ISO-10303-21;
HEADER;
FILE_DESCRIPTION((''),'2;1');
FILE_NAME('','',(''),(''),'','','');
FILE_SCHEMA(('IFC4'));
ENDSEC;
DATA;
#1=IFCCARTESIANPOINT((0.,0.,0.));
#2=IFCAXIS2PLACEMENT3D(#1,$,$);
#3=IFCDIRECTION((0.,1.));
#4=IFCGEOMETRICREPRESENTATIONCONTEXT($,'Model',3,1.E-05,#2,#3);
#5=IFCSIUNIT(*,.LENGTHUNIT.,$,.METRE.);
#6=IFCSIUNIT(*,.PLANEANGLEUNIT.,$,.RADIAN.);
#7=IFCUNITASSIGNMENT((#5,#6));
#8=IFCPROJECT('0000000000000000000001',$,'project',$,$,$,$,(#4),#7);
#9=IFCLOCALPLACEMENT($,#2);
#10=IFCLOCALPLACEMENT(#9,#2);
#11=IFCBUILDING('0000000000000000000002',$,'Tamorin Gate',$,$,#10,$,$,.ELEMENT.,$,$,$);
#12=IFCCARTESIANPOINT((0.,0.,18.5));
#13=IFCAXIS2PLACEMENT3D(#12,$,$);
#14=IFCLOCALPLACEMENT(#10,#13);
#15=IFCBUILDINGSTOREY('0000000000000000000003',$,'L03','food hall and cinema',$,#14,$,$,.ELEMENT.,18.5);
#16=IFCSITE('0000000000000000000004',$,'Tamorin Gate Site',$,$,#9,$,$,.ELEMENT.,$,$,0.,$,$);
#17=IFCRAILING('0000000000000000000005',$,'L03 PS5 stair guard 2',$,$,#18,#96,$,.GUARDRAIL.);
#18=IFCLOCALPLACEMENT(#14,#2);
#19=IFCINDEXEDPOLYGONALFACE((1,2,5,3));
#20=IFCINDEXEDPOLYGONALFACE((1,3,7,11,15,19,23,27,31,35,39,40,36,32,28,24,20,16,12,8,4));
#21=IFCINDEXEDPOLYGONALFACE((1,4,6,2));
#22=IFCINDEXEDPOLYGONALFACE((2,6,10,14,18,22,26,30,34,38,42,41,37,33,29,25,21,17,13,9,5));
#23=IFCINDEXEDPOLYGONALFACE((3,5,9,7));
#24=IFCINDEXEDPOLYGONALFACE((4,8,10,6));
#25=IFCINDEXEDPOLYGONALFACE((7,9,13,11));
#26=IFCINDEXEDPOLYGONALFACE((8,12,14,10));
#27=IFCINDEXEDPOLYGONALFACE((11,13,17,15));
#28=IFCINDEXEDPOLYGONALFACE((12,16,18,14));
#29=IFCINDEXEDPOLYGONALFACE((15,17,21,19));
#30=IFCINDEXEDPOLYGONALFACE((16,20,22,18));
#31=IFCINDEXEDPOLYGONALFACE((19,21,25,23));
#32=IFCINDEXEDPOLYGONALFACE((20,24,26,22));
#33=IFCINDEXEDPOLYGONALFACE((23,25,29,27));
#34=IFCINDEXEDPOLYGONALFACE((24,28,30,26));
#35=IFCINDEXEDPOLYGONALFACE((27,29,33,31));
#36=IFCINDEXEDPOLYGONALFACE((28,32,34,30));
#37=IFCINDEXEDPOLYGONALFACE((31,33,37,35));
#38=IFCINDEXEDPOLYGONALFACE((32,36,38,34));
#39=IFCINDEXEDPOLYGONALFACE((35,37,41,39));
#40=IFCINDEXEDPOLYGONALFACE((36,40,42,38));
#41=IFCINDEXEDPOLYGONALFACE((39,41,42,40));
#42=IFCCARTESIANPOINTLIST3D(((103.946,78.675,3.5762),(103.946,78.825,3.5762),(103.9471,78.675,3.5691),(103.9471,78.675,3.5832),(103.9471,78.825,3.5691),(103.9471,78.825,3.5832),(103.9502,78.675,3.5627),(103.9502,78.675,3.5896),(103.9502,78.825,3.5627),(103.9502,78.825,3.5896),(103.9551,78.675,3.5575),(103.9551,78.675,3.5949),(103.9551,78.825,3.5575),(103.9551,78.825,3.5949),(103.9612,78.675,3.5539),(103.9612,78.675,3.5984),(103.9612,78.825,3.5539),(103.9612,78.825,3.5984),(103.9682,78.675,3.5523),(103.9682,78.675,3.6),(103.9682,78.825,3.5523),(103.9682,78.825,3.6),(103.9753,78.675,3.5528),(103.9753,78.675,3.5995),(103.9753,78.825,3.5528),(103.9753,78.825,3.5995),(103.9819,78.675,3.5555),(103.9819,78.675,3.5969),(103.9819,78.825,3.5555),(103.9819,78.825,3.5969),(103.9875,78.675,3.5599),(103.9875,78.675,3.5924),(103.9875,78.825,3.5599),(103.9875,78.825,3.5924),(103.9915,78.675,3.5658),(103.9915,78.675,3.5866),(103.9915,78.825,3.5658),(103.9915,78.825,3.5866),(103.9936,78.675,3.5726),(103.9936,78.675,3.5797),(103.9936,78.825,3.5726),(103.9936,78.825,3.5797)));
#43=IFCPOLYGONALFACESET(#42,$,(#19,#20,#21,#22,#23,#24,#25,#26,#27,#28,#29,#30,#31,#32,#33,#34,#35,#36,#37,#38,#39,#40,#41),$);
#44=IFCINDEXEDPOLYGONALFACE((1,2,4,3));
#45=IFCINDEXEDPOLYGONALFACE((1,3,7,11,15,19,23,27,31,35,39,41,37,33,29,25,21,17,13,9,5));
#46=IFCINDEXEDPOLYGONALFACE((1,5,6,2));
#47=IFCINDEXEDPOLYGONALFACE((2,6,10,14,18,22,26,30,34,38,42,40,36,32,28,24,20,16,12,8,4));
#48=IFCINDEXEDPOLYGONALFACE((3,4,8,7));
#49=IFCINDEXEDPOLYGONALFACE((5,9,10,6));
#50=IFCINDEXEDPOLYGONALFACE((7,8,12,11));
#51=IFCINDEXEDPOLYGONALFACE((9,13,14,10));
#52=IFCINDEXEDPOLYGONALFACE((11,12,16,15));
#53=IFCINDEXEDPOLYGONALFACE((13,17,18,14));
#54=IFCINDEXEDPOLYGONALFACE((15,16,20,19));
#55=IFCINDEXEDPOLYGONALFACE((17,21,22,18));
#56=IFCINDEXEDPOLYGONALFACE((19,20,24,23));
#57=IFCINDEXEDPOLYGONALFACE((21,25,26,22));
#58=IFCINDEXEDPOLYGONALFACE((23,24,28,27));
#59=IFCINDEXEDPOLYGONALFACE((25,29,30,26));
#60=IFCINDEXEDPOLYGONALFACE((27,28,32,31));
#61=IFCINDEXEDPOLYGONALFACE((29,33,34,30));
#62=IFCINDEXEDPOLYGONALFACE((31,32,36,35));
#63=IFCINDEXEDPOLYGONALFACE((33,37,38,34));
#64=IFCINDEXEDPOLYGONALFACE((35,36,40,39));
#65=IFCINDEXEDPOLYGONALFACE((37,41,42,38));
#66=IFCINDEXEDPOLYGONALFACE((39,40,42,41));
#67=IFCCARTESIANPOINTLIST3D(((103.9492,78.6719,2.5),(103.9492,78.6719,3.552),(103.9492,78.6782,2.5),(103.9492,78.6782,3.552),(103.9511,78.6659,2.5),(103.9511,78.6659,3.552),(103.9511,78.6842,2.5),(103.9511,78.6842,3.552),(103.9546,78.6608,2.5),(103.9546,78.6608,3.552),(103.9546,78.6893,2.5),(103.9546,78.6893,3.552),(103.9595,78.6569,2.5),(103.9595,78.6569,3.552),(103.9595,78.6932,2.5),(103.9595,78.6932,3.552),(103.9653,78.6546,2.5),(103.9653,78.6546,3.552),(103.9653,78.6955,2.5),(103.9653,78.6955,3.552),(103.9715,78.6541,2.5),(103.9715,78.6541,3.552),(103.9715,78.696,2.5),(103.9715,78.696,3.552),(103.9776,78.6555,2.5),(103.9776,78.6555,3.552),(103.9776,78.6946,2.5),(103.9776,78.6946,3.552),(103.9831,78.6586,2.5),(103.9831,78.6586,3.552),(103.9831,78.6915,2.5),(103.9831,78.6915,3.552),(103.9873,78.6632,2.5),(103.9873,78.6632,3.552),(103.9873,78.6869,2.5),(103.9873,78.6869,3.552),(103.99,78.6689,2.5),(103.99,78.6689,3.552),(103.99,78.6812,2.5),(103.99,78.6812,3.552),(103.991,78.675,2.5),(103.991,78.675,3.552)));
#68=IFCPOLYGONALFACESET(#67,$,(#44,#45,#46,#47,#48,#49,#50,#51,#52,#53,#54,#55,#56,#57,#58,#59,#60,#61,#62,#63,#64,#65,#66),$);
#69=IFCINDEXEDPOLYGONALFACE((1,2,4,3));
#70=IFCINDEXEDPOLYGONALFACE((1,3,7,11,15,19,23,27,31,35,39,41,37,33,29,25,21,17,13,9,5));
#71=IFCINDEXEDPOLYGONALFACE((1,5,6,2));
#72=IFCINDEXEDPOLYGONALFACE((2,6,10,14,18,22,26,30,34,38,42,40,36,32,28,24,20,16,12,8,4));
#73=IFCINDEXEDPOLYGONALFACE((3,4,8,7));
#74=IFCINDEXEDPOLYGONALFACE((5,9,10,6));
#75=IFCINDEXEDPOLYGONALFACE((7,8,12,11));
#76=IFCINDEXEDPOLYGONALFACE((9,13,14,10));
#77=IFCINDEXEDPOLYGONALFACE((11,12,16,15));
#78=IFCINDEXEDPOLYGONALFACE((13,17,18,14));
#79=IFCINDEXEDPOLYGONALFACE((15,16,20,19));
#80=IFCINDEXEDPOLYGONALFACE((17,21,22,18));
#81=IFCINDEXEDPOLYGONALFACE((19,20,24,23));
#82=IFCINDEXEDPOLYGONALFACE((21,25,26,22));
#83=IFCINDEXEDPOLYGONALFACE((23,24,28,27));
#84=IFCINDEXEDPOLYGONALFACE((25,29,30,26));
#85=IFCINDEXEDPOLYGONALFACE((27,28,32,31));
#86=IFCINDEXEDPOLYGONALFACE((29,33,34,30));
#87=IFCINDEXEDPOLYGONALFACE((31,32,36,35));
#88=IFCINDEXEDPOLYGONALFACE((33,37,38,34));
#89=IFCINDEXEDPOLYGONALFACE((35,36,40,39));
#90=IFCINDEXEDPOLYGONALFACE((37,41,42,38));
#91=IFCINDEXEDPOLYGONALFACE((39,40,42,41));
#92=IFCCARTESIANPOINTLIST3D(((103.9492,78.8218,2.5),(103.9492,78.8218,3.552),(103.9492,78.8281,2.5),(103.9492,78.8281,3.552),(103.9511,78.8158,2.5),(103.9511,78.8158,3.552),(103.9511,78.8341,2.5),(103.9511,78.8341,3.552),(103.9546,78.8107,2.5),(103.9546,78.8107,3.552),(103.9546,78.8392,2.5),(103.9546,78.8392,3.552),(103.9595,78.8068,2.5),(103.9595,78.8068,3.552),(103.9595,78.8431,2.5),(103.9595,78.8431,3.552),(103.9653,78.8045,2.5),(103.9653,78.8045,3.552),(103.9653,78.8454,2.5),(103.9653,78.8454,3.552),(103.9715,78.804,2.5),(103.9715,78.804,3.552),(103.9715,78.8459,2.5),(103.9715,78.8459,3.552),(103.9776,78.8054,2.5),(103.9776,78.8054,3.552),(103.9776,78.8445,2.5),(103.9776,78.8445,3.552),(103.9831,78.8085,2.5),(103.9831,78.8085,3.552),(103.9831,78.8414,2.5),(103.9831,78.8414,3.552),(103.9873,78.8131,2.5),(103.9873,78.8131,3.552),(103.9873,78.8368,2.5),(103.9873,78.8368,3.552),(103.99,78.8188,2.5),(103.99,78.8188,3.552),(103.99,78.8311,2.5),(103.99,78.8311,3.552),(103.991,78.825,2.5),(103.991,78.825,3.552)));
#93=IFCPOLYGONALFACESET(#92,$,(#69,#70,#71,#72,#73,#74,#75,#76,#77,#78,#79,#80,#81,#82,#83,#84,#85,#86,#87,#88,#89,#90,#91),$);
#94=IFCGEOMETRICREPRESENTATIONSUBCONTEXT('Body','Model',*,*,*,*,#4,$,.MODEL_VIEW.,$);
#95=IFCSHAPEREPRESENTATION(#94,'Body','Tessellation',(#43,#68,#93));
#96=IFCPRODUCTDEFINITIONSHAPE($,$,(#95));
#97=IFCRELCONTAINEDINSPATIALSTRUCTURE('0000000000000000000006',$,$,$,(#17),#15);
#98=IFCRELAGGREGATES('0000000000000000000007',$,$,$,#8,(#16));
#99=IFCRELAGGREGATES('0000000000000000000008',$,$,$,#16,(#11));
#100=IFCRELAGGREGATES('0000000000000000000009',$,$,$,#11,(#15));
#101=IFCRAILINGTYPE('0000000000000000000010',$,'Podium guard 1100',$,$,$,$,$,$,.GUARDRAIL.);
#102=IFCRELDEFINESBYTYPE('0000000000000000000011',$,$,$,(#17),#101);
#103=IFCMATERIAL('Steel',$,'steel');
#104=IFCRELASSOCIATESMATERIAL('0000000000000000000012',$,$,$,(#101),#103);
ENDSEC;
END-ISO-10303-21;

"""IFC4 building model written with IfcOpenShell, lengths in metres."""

from ifc_helpers import new_model, si_unit, direction, frame, origin, origin_2d, place, context, subcontext, project, spatial, circle, extrude, material, type_object, element, save


model = new_model("IFC4")

# Units and contexts
model_context = context("Model", 3, precision=1e-05, world=origin(), true_north=direction((0.0, 1.0)))
body_context = subcontext(model_context, "Body", "Model", "MODEL_VIEW")
ifc_project = project(units=[si_unit("LENGTHUNIT", "METRE"), si_unit("PLANEANGLEUNIT", "RADIAN")], contexts=[model_context])

# Site, building, storey
site_placement = place(None, origin())
site = spatial("IfcSite", under=ifc_project, at=site_placement, Name="Tamorin Gate Site", CompositionType="ELEMENT", RefElevation=0.0)
building_placement = place(site_placement, origin())
building = spatial("IfcBuilding", under=site, at=building_placement, Name="Tamorin Gate", CompositionType="ELEMENT")
storey_placement = place(building_placement, frame((0.0, 0.0, 18.5)))
storey = spatial("IfcBuildingStorey", under=building, at=storey_placement, Name="L03", Description="food hall and cinema", CompositionType="ELEMENT", Elevation=18.5)

# Railing
ifc_material_1 = material(Name="Steel", Category="steel")
railing_type_1 = type_object("IfcRailingType", Name="Podium guard 1100", PredefinedType="GUARDRAIL", material=ifc_material_1)
railing_1_placement = place(storey_placement, frame((103.97, 78.675, 2.5)))
element("IfcRailing", 1, at=railing_1_placement, inside=storey, type_object=railing_type_1, Name="L03 PS5 stair guard 2", PredefinedType="GUARDRAIL", context=body_context, shape_type="SweptSolid", body=[
    extrude(circle(Radius=0.0239, at=origin_2d()), frame((0.0, 0.0, 1.0762), z_axis=(0.0, 1.0, 0.0), x_axis=(-1.0, 0.0, 0.0)), (0.0, 0.0, 1.0), 0.1499),
    extrude(circle(Radius=0.021, at=origin_2d()), origin(), (0.0, 0.0, 1.0), 1.052),
    extrude(circle(Radius=0.021, at=origin_2d()), frame((0.0, 0.1499, 0.0)), (0.0, 0.0, 1.0), 1.052),
])

save(model, "model.ifc")
